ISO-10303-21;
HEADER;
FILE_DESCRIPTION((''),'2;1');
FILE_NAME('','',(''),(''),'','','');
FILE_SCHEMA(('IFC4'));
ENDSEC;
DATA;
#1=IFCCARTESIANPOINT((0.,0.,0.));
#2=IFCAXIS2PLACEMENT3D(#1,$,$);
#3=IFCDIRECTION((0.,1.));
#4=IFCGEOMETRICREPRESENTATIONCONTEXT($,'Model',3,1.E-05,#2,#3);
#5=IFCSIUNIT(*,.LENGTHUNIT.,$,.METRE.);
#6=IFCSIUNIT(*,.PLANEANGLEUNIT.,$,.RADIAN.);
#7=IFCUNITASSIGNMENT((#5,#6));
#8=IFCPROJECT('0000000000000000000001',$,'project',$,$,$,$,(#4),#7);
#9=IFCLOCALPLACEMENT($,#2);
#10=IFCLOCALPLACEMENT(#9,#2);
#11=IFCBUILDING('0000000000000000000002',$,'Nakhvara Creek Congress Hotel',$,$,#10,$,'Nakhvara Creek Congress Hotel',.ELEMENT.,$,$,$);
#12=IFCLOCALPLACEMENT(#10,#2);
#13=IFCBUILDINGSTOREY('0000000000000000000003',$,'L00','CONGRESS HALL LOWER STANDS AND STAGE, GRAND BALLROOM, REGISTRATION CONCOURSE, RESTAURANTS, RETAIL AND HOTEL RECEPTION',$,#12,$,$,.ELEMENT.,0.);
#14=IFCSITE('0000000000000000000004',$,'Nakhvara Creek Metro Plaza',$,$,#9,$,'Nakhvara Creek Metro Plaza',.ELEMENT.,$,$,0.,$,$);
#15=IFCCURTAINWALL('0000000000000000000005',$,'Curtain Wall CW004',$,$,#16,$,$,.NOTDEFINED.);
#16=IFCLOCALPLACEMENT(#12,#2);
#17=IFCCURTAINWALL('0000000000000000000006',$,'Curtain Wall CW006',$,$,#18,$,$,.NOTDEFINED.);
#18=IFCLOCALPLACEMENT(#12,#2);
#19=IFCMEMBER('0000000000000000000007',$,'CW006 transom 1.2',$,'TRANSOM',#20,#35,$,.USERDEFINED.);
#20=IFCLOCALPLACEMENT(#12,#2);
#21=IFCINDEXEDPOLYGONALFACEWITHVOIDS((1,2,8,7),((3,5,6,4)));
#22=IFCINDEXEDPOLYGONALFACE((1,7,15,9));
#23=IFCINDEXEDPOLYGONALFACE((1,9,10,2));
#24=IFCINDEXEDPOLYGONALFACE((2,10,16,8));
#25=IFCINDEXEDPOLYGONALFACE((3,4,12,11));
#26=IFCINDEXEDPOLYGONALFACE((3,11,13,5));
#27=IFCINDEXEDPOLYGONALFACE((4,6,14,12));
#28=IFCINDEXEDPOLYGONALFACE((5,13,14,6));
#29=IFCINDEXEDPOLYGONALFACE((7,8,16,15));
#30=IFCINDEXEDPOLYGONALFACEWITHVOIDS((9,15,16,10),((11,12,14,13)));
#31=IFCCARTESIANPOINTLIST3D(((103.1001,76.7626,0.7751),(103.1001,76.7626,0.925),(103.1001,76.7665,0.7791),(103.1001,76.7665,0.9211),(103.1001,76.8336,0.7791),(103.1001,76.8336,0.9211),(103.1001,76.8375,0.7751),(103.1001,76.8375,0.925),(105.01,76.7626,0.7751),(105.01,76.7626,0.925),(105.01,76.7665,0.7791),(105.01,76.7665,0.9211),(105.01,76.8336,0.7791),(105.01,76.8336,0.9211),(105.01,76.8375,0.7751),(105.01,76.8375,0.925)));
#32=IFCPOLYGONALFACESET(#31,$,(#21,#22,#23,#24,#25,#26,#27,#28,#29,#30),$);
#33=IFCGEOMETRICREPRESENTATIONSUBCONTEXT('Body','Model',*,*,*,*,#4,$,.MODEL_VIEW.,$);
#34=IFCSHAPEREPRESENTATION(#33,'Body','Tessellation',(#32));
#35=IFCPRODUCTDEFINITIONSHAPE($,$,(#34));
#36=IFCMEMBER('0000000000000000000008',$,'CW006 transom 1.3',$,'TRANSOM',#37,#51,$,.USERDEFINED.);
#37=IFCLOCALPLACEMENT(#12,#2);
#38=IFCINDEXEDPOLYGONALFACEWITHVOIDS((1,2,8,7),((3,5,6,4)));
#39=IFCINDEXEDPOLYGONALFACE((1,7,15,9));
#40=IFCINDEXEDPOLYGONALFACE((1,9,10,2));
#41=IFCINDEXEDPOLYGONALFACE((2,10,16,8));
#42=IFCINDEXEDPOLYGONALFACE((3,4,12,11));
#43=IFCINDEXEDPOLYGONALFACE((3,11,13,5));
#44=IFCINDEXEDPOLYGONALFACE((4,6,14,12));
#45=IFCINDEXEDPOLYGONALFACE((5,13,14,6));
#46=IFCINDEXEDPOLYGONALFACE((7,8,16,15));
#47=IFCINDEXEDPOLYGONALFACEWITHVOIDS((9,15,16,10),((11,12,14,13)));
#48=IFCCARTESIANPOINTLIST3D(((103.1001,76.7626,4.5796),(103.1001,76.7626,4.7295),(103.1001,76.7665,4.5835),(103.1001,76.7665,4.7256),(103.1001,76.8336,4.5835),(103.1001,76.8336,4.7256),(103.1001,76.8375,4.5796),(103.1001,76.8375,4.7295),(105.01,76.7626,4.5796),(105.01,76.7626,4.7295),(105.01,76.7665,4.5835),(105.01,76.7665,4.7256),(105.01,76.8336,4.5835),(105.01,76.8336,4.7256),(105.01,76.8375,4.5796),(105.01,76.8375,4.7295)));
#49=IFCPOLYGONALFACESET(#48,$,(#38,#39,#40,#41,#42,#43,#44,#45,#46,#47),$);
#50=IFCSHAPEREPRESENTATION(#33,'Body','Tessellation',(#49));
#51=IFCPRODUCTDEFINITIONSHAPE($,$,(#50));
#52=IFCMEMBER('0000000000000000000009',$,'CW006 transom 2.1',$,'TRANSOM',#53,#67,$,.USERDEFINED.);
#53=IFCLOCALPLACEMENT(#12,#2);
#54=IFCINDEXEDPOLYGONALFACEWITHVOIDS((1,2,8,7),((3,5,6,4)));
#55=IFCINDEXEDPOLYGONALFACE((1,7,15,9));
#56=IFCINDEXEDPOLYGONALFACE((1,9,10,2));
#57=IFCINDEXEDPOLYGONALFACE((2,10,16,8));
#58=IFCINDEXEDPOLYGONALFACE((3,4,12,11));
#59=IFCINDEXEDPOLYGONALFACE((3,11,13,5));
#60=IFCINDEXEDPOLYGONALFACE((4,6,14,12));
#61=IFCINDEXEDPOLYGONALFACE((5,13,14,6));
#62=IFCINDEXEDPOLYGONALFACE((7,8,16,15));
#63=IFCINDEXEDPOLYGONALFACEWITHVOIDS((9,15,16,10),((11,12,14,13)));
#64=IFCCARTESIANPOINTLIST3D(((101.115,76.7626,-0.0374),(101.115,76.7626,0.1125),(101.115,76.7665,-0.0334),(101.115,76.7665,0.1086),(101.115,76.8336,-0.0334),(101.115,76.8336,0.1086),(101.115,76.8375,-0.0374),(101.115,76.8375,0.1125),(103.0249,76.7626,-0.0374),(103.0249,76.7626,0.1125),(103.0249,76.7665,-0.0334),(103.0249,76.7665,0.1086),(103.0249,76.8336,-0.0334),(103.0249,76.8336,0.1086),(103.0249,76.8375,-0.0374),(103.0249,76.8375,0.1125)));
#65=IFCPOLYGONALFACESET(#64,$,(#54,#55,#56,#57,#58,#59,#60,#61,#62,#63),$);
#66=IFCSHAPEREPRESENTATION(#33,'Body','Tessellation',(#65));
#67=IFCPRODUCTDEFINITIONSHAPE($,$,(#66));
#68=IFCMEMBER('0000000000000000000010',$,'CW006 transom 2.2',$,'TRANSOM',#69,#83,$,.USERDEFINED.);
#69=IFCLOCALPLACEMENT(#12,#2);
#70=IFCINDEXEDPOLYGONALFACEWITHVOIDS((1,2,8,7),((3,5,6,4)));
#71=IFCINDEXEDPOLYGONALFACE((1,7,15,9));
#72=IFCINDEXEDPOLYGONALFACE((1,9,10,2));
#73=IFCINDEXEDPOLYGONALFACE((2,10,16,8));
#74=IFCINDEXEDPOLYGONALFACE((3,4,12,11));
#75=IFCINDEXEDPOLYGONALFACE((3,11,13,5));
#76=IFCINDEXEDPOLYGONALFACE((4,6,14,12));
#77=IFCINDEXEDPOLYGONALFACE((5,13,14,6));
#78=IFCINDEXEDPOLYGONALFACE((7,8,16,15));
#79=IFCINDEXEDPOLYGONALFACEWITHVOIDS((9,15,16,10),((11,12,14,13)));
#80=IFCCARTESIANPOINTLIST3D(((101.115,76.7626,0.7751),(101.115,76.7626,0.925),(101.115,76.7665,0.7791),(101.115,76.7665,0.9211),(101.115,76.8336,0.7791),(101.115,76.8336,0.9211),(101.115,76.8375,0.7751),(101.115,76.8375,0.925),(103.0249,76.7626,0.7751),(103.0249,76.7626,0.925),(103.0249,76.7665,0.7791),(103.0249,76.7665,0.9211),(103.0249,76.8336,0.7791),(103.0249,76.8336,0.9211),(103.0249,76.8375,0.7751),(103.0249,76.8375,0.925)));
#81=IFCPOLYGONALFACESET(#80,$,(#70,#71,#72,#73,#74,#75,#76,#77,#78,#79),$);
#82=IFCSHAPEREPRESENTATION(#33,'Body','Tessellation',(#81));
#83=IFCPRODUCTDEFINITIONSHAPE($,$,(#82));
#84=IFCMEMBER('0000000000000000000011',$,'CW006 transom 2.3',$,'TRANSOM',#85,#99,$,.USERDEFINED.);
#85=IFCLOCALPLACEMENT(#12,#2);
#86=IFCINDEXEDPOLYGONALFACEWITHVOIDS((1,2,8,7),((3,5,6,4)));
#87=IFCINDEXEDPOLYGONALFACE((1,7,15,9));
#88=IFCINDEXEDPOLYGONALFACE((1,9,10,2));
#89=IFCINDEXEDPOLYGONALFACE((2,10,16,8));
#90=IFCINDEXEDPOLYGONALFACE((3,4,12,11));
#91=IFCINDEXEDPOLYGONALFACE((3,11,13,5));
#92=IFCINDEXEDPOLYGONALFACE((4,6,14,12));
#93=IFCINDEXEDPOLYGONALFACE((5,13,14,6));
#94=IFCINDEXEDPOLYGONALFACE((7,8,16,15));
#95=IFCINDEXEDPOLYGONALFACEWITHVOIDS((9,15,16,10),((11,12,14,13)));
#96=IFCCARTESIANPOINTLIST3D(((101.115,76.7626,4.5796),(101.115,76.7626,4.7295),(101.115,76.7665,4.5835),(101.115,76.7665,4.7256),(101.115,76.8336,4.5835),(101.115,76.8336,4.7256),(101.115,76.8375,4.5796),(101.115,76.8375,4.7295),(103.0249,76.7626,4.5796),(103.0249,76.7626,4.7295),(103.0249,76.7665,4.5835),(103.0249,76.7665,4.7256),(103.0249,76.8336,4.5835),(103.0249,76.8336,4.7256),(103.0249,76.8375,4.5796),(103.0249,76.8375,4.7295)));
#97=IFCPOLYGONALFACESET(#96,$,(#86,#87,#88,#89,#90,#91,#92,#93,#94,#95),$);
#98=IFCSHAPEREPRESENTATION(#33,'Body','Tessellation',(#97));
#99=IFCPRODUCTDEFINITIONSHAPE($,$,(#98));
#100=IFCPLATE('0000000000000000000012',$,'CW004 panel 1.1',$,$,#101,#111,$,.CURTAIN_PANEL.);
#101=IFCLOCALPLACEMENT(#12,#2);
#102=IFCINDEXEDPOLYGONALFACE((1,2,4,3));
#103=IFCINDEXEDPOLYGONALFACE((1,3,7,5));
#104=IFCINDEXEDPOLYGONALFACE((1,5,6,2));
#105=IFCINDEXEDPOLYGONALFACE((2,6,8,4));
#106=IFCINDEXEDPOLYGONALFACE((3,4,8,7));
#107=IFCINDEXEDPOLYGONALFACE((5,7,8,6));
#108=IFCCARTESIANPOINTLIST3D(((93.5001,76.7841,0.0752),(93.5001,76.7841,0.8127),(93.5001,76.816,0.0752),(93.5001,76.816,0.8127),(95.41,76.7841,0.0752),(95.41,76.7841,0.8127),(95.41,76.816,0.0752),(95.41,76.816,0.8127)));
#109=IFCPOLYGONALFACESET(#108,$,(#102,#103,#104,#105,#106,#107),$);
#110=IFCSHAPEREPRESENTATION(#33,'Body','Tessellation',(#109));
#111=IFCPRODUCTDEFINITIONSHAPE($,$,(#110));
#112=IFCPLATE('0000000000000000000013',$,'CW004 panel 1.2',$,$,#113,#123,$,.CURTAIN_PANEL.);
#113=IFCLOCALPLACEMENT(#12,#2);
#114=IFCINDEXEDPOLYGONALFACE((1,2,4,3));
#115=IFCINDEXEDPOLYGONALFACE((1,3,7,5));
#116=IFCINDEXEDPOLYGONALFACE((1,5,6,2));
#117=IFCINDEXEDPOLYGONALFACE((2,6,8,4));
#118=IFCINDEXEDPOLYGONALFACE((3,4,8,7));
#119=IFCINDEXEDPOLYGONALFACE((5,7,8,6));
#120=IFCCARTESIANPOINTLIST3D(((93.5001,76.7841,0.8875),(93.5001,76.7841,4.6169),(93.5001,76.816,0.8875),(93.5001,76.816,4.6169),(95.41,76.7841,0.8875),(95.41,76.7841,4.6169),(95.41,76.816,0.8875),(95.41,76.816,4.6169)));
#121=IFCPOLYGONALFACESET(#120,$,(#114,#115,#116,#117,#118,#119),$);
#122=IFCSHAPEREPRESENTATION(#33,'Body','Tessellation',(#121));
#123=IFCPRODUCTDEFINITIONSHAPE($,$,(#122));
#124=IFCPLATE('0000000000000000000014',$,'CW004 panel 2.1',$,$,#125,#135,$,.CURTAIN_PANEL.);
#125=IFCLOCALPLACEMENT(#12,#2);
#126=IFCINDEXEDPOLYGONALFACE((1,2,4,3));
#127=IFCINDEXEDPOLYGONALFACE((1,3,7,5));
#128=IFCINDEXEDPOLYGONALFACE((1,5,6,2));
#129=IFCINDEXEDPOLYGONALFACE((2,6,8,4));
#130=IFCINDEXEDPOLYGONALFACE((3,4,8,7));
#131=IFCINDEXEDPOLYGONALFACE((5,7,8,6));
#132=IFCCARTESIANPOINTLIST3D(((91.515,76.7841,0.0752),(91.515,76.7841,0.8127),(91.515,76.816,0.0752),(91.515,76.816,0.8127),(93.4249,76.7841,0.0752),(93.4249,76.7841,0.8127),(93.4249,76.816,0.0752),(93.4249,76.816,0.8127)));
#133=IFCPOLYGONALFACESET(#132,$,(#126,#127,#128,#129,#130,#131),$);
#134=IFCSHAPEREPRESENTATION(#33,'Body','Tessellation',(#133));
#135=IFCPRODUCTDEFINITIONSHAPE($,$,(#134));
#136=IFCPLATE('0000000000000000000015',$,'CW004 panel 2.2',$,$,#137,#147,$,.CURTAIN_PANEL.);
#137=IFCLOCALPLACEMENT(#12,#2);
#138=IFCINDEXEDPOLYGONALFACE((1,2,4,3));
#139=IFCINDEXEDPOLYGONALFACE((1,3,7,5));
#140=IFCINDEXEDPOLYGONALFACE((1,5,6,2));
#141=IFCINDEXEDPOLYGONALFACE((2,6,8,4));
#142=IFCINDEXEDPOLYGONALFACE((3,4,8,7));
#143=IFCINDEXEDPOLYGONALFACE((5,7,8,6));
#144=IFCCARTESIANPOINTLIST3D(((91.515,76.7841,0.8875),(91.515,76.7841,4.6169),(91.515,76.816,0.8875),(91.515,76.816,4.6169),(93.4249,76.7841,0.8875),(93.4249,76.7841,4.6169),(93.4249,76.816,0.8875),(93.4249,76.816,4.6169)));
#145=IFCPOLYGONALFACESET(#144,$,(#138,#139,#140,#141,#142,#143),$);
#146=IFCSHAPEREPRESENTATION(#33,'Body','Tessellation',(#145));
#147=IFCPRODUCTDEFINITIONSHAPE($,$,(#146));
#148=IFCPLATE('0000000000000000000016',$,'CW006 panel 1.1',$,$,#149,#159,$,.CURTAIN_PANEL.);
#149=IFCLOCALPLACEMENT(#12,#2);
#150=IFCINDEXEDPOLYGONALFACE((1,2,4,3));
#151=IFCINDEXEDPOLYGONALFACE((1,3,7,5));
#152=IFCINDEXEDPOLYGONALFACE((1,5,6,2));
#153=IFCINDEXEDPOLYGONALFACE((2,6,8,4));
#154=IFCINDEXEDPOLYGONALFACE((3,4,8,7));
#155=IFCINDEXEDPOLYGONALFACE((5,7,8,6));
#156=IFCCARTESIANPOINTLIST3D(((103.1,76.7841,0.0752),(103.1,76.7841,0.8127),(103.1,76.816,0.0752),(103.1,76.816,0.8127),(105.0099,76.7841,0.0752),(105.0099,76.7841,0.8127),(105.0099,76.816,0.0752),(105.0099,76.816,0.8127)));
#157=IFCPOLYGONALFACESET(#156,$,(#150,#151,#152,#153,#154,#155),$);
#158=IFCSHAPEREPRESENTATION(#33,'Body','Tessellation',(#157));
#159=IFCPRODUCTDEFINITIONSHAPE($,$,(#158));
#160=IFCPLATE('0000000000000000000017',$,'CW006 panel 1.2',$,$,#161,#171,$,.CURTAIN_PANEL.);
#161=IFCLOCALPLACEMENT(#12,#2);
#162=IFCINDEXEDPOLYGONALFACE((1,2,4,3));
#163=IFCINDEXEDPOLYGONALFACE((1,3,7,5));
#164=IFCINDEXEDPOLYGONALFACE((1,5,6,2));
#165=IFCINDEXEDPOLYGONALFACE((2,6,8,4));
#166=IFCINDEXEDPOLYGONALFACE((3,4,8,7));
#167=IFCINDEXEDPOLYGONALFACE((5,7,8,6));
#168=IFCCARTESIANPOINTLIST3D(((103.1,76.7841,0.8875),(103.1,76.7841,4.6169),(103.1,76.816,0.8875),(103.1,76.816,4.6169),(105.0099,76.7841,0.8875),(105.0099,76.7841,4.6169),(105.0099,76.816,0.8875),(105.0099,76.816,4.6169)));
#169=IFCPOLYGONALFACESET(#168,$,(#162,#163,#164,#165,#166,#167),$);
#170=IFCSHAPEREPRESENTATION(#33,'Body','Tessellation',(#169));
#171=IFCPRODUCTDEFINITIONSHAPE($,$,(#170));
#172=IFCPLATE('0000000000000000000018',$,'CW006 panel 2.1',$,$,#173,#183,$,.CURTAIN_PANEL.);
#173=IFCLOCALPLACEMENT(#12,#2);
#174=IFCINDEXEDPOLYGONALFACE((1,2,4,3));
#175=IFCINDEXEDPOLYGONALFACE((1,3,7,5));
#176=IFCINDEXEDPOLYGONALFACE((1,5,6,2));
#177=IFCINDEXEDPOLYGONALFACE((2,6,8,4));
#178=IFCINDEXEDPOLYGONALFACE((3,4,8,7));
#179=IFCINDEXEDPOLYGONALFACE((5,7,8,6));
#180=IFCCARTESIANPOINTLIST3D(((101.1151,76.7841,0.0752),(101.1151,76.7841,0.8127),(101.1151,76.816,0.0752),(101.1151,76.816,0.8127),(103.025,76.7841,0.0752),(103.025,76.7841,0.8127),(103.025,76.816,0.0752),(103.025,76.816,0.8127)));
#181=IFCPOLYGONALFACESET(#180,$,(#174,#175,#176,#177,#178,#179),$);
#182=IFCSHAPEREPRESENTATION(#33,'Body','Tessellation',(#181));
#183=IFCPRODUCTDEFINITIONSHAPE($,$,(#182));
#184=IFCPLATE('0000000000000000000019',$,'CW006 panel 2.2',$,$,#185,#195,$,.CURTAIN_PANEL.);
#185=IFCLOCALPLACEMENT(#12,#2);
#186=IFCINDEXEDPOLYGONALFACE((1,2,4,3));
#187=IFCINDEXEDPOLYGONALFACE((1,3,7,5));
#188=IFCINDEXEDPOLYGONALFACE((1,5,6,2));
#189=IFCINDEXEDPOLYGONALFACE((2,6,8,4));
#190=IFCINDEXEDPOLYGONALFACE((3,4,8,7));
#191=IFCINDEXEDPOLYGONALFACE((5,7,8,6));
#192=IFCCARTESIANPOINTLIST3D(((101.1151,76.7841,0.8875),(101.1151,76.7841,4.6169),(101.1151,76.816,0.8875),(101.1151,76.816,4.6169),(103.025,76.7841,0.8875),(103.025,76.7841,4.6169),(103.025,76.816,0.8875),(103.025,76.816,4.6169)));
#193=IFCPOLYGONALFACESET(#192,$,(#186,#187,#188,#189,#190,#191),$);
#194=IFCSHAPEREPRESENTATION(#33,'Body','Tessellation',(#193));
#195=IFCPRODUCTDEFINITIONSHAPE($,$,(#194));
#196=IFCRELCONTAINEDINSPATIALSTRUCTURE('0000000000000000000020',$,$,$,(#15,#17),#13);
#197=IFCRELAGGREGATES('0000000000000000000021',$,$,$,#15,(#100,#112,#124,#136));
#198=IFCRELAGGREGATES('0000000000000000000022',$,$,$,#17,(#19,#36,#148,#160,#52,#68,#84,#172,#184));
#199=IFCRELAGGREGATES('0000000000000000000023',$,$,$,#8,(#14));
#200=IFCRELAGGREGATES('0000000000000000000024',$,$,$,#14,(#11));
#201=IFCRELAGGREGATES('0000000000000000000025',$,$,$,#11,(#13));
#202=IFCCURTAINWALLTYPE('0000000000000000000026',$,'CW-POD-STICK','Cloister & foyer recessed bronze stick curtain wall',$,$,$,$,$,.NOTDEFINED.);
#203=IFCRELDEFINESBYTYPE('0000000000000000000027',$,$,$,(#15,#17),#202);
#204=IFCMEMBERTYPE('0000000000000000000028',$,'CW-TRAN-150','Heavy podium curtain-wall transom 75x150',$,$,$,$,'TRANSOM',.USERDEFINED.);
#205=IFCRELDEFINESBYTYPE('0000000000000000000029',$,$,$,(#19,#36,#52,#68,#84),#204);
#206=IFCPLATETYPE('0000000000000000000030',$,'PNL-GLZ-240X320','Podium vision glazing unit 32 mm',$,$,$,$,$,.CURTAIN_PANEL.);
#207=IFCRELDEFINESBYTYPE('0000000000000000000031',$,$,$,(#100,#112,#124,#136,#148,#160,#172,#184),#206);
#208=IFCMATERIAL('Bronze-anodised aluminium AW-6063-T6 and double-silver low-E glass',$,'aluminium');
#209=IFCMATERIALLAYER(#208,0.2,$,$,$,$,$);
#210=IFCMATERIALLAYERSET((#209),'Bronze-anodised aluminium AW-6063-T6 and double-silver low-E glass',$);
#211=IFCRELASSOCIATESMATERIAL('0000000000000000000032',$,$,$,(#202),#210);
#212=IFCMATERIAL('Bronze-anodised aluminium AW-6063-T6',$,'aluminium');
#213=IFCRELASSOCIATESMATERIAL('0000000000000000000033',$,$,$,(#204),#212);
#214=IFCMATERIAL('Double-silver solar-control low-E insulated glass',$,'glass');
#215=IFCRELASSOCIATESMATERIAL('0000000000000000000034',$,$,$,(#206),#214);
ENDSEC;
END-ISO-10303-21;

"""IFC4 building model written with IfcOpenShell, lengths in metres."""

from ifc_helpers import new_model, si_unit, direction, frame, origin, origin_2d, place, context, subcontext, project, spatial, rectangle, hollow_rectangle, extrude, material, layer, layer_set, material_profile, profile_set, type_object, element, aggregate, save


model = new_model("IFC4")

# Units and contexts
model_context = context("Model", 3, precision=1e-05, world=origin(), true_north=direction((0.0, 1.0)))
body_context = subcontext(model_context, "Body", "Model", "MODEL_VIEW")
ifc_project = project(units=[si_unit("LENGTHUNIT", "METRE"), si_unit("PLANEANGLEUNIT", "RADIAN")], contexts=[model_context])

# Site, building, storey
site_placement = place(None, origin())
site = spatial("IfcSite", under=ifc_project, at=site_placement, Name="Nakhvara Creek Metro Plaza", LongName="Nakhvara Creek Metro Plaza", CompositionType="ELEMENT", RefElevation=0.0)
building_placement = place(site_placement, origin())
building = spatial("IfcBuilding", under=site, at=building_placement, Name="Nakhvara Creek Congress Hotel", LongName="Nakhvara Creek Congress Hotel", CompositionType="ELEMENT")
storey_placement = place(building_placement, origin())
storey = spatial("IfcBuildingStorey", under=building, at=storey_placement, Name="L00", Description="CONGRESS HALL LOWER STANDS AND STAGE, GRAND BALLROOM, REGISTRATION CONCOURSE, RESTAURANTS, RETAIL AND HOTEL RECEPTION", CompositionType="ELEMENT", Elevation=0.0)

# Curtain walls
ifc_material_1 = material(Name="Bronze-anodised aluminium AW-6063-T6 and double-silver low-E glass", Category="aluminium")
ifc_layer = layer(ifc_material_1, 0.2)
ifc_layer_set = layer_set([ifc_layer], Name="Bronze-anodised aluminium AW-6063-T6 and double-silver low-E glass")
curtain_wall_type = type_object("IfcCurtainWallType", Name="CW-POD-STICK", Description="Cloister & foyer recessed bronze stick curtain wall", PredefinedType="NOTDEFINED", material=ifc_layer_set)
curtain_wall_1_placement = place(storey_placement, origin())
curtain_wall_1 = element("IfcCurtainWall", 1, at=curtain_wall_1_placement, inside=storey, type_object=curtain_wall_type, Name="Curtain Wall CW004", PredefinedType="NOTDEFINED")
ifc_material_2 = material(Name="Bronze-anodised aluminium AW-6063-T6", Category="aluminium")
curtain_wall_2_placement = place(storey_placement, origin())
curtain_wall_2 = element("IfcCurtainWall", 2, at=curtain_wall_2_placement, inside=storey, type_object=curtain_wall_type, Name="Curtain Wall CW006", PredefinedType="NOTDEFINED")

# Members
ifc_material_profile_1 = material_profile(ifc_material_2, hollow_rectangle(XDim=0.075, YDim=0.1499, WallThickness=0.0039, at=origin_2d()), Name="ALU-TRAN 75x150x4", Category="LoadBearing")
ifc_profile_set_1 = profile_set([ifc_material_profile_1], Name="Bronze-anodised aluminium AW-6063-T6")
member_type_1 = type_object("IfcMemberType", Name="CW-TRAN-150", Description="Heavy podium curtain-wall transom 75x150", ElementType="TRANSOM", PredefinedType="USERDEFINED", material=ifc_profile_set_1)
member_1_placement = place(storey_placement, frame((105.01, 76.8, 0.8501), z_axis=(-1.0, 0.0, 0.0), x_axis=(0.0, -1.0, 0.0)))
member_1 = element("IfcMember", 3, at=member_1_placement, type_object=member_type_1, Name="CW006 transom 1.2", ObjectType="TRANSOM", PredefinedType="USERDEFINED", context=body_context, shape_type="SweptSolid", body=[
    extrude(hollow_rectangle(XDim=0.075, YDim=0.1499, WallThickness=0.0039, at=origin_2d()), origin(), (0.0, 0.0, 1.0), 1.9099),
])
member_2_placement = place(storey_placement, frame((105.01, 76.8, 4.6545), z_axis=(-1.0, 0.0, 0.0), x_axis=(0.0, -1.0, 0.0)))
member_2 = element("IfcMember", 4, at=member_2_placement, type_object=member_type_1, Name="CW006 transom 1.3", ObjectType="TRANSOM", PredefinedType="USERDEFINED", context=body_context, shape_type="SweptSolid", body=[
    extrude(hollow_rectangle(XDim=0.075, YDim=0.1499, WallThickness=0.0039, at=origin_2d()), origin(), (0.0, 0.0, 1.0), 1.9099),
])
member_3_placement = place(storey_placement, frame((103.0249, 76.8, 0.0376), z_axis=(-1.0, 0.0, 0.0), x_axis=(0.0, -1.0, 0.0)))
member_3 = element("IfcMember", 5, at=member_3_placement, type_object=member_type_1, Name="CW006 transom 2.1", ObjectType="TRANSOM", PredefinedType="USERDEFINED", context=body_context, shape_type="SweptSolid", body=[
    extrude(hollow_rectangle(XDim=0.075, YDim=0.1499, WallThickness=0.0039, at=origin_2d()), origin(), (0.0, 0.0, 1.0), 1.9099),
])
member_4_placement = place(storey_placement, frame((103.0249, 76.8, 0.8501), z_axis=(-1.0, 0.0, 0.0), x_axis=(0.0, -1.0, 0.0)))
member_4 = element("IfcMember", 6, at=member_4_placement, type_object=member_type_1, Name="CW006 transom 2.2", ObjectType="TRANSOM", PredefinedType="USERDEFINED", context=body_context, shape_type="SweptSolid", body=[
    extrude(hollow_rectangle(XDim=0.075, YDim=0.1499, WallThickness=0.0039, at=origin_2d()), origin(), (0.0, 0.0, 1.0), 1.9099),
])
member_5_placement = place(storey_placement, frame((103.0249, 76.8, 4.6545), z_axis=(-1.0, 0.0, 0.0), x_axis=(0.0, -1.0, 0.0)))
member_5 = element("IfcMember", 7, at=member_5_placement, type_object=member_type_1, Name="CW006 transom 2.3", ObjectType="TRANSOM", PredefinedType="USERDEFINED", context=body_context, shape_type="SweptSolid", body=[
    extrude(hollow_rectangle(XDim=0.075, YDim=0.1499, WallThickness=0.0039, at=origin_2d()), origin(), (0.0, 0.0, 1.0), 1.9099),
])

# Plates
ifc_material_3 = material(Name="Double-silver solar-control low-E insulated glass", Category="glass")
plate_type = type_object("IfcPlateType", Name="PNL-GLZ-240X320", Description="Podium vision glazing unit 32 mm", PredefinedType="CURTAIN_PANEL", material=ifc_material_3)
plate_1_placement = place(storey_placement, frame((94.4551, 76.8, 0.0752), z_axis=(0.0, 0.0, 1.0), x_axis=(-1.0, 0.0, 0.0)))
plate_1 = element("IfcPlate", 8, at=plate_1_placement, type_object=plate_type, Name="CW004 panel 1.1", PredefinedType="CURTAIN_PANEL", context=body_context, shape_type="SweptSolid", body=[
    extrude(rectangle(XDim=1.9099, YDim=0.032, at=origin_2d()), origin(), (0.0, 0.0, 1.0), 0.7375),
])
plate_2_placement = place(storey_placement, frame((94.4551, 76.8, 0.8875), z_axis=(0.0, 0.0, 1.0), x_axis=(-1.0, 0.0, 0.0)))
plate_2 = element("IfcPlate", 9, at=plate_2_placement, type_object=plate_type, Name="CW004 panel 1.2", PredefinedType="CURTAIN_PANEL", context=body_context, shape_type="SweptSolid", body=[
    extrude(rectangle(XDim=1.9099, YDim=0.032, at=origin_2d()), origin(), (0.0, 0.0, 1.0), 3.7295),
])
plate_3_placement = place(storey_placement, frame((92.47, 76.8, 0.0752), z_axis=(0.0, 0.0, 1.0), x_axis=(-1.0, 0.0, 0.0)))
plate_3 = element("IfcPlate", 10, at=plate_3_placement, type_object=plate_type, Name="CW004 panel 2.1", PredefinedType="CURTAIN_PANEL", context=body_context, shape_type="SweptSolid", body=[
    extrude(rectangle(XDim=1.9099, YDim=0.032, at=origin_2d()), origin(), (0.0, 0.0, 1.0), 0.7375),
])
plate_4_placement = place(storey_placement, frame((92.47, 76.8, 0.8875), z_axis=(0.0, 0.0, 1.0), x_axis=(-1.0, 0.0, 0.0)))
plate_4 = element("IfcPlate", 11, at=plate_4_placement, type_object=plate_type, Name="CW004 panel 2.2", PredefinedType="CURTAIN_PANEL", context=body_context, shape_type="SweptSolid", body=[
    extrude(rectangle(XDim=1.9099, YDim=0.032, at=origin_2d()), origin(), (0.0, 0.0, 1.0), 3.7295),
])
aggregate(curtain_wall_1, [plate_1, plate_2, plate_3, plate_4])
plate_5_placement = place(storey_placement, frame((104.0549, 76.8, 0.0752), z_axis=(0.0, 0.0, 1.0), x_axis=(-1.0, 0.0, 0.0)))
plate_5 = element("IfcPlate", 12, at=plate_5_placement, type_object=plate_type, Name="CW006 panel 1.1", PredefinedType="CURTAIN_PANEL", context=body_context, shape_type="SweptSolid", body=[
    extrude(rectangle(XDim=1.9099, YDim=0.032, at=origin_2d()), origin(), (0.0, 0.0, 1.0), 0.7375),
])
plate_6_placement = place(storey_placement, frame((104.0549, 76.8, 0.8875), z_axis=(0.0, 0.0, 1.0), x_axis=(-1.0, 0.0, 0.0)))
plate_6 = element("IfcPlate", 13, at=plate_6_placement, type_object=plate_type, Name="CW006 panel 1.2", PredefinedType="CURTAIN_PANEL", context=body_context, shape_type="SweptSolid", body=[
    extrude(rectangle(XDim=1.9099, YDim=0.032, at=origin_2d()), origin(), (0.0, 0.0, 1.0), 3.7295),
])
plate_7_placement = place(storey_placement, frame((102.0701, 76.8, 0.0752), z_axis=(0.0, 0.0, 1.0), x_axis=(-1.0, 0.0, 0.0)))
plate_7 = element("IfcPlate", 14, at=plate_7_placement, type_object=plate_type, Name="CW006 panel 2.1", PredefinedType="CURTAIN_PANEL", context=body_context, shape_type="SweptSolid", body=[
    extrude(rectangle(XDim=1.9099, YDim=0.032, at=origin_2d()), origin(), (0.0, 0.0, 1.0), 0.7375),
])
plate_8_placement = place(storey_placement, frame((102.0701, 76.8, 0.8875), z_axis=(0.0, 0.0, 1.0), x_axis=(-1.0, 0.0, 0.0)))
plate_8 = element("IfcPlate", 15, at=plate_8_placement, type_object=plate_type, Name="CW006 panel 2.2", PredefinedType="CURTAIN_PANEL", context=body_context, shape_type="SweptSolid", body=[
    extrude(rectangle(XDim=1.9099, YDim=0.032, at=origin_2d()), origin(), (0.0, 0.0, 1.0), 3.7295),
])
aggregate(curtain_wall_2, [member_1, member_2, plate_5, plate_6, member_3, member_4, member_5, plate_7, plate_8])

save(model, "model.ifc")
